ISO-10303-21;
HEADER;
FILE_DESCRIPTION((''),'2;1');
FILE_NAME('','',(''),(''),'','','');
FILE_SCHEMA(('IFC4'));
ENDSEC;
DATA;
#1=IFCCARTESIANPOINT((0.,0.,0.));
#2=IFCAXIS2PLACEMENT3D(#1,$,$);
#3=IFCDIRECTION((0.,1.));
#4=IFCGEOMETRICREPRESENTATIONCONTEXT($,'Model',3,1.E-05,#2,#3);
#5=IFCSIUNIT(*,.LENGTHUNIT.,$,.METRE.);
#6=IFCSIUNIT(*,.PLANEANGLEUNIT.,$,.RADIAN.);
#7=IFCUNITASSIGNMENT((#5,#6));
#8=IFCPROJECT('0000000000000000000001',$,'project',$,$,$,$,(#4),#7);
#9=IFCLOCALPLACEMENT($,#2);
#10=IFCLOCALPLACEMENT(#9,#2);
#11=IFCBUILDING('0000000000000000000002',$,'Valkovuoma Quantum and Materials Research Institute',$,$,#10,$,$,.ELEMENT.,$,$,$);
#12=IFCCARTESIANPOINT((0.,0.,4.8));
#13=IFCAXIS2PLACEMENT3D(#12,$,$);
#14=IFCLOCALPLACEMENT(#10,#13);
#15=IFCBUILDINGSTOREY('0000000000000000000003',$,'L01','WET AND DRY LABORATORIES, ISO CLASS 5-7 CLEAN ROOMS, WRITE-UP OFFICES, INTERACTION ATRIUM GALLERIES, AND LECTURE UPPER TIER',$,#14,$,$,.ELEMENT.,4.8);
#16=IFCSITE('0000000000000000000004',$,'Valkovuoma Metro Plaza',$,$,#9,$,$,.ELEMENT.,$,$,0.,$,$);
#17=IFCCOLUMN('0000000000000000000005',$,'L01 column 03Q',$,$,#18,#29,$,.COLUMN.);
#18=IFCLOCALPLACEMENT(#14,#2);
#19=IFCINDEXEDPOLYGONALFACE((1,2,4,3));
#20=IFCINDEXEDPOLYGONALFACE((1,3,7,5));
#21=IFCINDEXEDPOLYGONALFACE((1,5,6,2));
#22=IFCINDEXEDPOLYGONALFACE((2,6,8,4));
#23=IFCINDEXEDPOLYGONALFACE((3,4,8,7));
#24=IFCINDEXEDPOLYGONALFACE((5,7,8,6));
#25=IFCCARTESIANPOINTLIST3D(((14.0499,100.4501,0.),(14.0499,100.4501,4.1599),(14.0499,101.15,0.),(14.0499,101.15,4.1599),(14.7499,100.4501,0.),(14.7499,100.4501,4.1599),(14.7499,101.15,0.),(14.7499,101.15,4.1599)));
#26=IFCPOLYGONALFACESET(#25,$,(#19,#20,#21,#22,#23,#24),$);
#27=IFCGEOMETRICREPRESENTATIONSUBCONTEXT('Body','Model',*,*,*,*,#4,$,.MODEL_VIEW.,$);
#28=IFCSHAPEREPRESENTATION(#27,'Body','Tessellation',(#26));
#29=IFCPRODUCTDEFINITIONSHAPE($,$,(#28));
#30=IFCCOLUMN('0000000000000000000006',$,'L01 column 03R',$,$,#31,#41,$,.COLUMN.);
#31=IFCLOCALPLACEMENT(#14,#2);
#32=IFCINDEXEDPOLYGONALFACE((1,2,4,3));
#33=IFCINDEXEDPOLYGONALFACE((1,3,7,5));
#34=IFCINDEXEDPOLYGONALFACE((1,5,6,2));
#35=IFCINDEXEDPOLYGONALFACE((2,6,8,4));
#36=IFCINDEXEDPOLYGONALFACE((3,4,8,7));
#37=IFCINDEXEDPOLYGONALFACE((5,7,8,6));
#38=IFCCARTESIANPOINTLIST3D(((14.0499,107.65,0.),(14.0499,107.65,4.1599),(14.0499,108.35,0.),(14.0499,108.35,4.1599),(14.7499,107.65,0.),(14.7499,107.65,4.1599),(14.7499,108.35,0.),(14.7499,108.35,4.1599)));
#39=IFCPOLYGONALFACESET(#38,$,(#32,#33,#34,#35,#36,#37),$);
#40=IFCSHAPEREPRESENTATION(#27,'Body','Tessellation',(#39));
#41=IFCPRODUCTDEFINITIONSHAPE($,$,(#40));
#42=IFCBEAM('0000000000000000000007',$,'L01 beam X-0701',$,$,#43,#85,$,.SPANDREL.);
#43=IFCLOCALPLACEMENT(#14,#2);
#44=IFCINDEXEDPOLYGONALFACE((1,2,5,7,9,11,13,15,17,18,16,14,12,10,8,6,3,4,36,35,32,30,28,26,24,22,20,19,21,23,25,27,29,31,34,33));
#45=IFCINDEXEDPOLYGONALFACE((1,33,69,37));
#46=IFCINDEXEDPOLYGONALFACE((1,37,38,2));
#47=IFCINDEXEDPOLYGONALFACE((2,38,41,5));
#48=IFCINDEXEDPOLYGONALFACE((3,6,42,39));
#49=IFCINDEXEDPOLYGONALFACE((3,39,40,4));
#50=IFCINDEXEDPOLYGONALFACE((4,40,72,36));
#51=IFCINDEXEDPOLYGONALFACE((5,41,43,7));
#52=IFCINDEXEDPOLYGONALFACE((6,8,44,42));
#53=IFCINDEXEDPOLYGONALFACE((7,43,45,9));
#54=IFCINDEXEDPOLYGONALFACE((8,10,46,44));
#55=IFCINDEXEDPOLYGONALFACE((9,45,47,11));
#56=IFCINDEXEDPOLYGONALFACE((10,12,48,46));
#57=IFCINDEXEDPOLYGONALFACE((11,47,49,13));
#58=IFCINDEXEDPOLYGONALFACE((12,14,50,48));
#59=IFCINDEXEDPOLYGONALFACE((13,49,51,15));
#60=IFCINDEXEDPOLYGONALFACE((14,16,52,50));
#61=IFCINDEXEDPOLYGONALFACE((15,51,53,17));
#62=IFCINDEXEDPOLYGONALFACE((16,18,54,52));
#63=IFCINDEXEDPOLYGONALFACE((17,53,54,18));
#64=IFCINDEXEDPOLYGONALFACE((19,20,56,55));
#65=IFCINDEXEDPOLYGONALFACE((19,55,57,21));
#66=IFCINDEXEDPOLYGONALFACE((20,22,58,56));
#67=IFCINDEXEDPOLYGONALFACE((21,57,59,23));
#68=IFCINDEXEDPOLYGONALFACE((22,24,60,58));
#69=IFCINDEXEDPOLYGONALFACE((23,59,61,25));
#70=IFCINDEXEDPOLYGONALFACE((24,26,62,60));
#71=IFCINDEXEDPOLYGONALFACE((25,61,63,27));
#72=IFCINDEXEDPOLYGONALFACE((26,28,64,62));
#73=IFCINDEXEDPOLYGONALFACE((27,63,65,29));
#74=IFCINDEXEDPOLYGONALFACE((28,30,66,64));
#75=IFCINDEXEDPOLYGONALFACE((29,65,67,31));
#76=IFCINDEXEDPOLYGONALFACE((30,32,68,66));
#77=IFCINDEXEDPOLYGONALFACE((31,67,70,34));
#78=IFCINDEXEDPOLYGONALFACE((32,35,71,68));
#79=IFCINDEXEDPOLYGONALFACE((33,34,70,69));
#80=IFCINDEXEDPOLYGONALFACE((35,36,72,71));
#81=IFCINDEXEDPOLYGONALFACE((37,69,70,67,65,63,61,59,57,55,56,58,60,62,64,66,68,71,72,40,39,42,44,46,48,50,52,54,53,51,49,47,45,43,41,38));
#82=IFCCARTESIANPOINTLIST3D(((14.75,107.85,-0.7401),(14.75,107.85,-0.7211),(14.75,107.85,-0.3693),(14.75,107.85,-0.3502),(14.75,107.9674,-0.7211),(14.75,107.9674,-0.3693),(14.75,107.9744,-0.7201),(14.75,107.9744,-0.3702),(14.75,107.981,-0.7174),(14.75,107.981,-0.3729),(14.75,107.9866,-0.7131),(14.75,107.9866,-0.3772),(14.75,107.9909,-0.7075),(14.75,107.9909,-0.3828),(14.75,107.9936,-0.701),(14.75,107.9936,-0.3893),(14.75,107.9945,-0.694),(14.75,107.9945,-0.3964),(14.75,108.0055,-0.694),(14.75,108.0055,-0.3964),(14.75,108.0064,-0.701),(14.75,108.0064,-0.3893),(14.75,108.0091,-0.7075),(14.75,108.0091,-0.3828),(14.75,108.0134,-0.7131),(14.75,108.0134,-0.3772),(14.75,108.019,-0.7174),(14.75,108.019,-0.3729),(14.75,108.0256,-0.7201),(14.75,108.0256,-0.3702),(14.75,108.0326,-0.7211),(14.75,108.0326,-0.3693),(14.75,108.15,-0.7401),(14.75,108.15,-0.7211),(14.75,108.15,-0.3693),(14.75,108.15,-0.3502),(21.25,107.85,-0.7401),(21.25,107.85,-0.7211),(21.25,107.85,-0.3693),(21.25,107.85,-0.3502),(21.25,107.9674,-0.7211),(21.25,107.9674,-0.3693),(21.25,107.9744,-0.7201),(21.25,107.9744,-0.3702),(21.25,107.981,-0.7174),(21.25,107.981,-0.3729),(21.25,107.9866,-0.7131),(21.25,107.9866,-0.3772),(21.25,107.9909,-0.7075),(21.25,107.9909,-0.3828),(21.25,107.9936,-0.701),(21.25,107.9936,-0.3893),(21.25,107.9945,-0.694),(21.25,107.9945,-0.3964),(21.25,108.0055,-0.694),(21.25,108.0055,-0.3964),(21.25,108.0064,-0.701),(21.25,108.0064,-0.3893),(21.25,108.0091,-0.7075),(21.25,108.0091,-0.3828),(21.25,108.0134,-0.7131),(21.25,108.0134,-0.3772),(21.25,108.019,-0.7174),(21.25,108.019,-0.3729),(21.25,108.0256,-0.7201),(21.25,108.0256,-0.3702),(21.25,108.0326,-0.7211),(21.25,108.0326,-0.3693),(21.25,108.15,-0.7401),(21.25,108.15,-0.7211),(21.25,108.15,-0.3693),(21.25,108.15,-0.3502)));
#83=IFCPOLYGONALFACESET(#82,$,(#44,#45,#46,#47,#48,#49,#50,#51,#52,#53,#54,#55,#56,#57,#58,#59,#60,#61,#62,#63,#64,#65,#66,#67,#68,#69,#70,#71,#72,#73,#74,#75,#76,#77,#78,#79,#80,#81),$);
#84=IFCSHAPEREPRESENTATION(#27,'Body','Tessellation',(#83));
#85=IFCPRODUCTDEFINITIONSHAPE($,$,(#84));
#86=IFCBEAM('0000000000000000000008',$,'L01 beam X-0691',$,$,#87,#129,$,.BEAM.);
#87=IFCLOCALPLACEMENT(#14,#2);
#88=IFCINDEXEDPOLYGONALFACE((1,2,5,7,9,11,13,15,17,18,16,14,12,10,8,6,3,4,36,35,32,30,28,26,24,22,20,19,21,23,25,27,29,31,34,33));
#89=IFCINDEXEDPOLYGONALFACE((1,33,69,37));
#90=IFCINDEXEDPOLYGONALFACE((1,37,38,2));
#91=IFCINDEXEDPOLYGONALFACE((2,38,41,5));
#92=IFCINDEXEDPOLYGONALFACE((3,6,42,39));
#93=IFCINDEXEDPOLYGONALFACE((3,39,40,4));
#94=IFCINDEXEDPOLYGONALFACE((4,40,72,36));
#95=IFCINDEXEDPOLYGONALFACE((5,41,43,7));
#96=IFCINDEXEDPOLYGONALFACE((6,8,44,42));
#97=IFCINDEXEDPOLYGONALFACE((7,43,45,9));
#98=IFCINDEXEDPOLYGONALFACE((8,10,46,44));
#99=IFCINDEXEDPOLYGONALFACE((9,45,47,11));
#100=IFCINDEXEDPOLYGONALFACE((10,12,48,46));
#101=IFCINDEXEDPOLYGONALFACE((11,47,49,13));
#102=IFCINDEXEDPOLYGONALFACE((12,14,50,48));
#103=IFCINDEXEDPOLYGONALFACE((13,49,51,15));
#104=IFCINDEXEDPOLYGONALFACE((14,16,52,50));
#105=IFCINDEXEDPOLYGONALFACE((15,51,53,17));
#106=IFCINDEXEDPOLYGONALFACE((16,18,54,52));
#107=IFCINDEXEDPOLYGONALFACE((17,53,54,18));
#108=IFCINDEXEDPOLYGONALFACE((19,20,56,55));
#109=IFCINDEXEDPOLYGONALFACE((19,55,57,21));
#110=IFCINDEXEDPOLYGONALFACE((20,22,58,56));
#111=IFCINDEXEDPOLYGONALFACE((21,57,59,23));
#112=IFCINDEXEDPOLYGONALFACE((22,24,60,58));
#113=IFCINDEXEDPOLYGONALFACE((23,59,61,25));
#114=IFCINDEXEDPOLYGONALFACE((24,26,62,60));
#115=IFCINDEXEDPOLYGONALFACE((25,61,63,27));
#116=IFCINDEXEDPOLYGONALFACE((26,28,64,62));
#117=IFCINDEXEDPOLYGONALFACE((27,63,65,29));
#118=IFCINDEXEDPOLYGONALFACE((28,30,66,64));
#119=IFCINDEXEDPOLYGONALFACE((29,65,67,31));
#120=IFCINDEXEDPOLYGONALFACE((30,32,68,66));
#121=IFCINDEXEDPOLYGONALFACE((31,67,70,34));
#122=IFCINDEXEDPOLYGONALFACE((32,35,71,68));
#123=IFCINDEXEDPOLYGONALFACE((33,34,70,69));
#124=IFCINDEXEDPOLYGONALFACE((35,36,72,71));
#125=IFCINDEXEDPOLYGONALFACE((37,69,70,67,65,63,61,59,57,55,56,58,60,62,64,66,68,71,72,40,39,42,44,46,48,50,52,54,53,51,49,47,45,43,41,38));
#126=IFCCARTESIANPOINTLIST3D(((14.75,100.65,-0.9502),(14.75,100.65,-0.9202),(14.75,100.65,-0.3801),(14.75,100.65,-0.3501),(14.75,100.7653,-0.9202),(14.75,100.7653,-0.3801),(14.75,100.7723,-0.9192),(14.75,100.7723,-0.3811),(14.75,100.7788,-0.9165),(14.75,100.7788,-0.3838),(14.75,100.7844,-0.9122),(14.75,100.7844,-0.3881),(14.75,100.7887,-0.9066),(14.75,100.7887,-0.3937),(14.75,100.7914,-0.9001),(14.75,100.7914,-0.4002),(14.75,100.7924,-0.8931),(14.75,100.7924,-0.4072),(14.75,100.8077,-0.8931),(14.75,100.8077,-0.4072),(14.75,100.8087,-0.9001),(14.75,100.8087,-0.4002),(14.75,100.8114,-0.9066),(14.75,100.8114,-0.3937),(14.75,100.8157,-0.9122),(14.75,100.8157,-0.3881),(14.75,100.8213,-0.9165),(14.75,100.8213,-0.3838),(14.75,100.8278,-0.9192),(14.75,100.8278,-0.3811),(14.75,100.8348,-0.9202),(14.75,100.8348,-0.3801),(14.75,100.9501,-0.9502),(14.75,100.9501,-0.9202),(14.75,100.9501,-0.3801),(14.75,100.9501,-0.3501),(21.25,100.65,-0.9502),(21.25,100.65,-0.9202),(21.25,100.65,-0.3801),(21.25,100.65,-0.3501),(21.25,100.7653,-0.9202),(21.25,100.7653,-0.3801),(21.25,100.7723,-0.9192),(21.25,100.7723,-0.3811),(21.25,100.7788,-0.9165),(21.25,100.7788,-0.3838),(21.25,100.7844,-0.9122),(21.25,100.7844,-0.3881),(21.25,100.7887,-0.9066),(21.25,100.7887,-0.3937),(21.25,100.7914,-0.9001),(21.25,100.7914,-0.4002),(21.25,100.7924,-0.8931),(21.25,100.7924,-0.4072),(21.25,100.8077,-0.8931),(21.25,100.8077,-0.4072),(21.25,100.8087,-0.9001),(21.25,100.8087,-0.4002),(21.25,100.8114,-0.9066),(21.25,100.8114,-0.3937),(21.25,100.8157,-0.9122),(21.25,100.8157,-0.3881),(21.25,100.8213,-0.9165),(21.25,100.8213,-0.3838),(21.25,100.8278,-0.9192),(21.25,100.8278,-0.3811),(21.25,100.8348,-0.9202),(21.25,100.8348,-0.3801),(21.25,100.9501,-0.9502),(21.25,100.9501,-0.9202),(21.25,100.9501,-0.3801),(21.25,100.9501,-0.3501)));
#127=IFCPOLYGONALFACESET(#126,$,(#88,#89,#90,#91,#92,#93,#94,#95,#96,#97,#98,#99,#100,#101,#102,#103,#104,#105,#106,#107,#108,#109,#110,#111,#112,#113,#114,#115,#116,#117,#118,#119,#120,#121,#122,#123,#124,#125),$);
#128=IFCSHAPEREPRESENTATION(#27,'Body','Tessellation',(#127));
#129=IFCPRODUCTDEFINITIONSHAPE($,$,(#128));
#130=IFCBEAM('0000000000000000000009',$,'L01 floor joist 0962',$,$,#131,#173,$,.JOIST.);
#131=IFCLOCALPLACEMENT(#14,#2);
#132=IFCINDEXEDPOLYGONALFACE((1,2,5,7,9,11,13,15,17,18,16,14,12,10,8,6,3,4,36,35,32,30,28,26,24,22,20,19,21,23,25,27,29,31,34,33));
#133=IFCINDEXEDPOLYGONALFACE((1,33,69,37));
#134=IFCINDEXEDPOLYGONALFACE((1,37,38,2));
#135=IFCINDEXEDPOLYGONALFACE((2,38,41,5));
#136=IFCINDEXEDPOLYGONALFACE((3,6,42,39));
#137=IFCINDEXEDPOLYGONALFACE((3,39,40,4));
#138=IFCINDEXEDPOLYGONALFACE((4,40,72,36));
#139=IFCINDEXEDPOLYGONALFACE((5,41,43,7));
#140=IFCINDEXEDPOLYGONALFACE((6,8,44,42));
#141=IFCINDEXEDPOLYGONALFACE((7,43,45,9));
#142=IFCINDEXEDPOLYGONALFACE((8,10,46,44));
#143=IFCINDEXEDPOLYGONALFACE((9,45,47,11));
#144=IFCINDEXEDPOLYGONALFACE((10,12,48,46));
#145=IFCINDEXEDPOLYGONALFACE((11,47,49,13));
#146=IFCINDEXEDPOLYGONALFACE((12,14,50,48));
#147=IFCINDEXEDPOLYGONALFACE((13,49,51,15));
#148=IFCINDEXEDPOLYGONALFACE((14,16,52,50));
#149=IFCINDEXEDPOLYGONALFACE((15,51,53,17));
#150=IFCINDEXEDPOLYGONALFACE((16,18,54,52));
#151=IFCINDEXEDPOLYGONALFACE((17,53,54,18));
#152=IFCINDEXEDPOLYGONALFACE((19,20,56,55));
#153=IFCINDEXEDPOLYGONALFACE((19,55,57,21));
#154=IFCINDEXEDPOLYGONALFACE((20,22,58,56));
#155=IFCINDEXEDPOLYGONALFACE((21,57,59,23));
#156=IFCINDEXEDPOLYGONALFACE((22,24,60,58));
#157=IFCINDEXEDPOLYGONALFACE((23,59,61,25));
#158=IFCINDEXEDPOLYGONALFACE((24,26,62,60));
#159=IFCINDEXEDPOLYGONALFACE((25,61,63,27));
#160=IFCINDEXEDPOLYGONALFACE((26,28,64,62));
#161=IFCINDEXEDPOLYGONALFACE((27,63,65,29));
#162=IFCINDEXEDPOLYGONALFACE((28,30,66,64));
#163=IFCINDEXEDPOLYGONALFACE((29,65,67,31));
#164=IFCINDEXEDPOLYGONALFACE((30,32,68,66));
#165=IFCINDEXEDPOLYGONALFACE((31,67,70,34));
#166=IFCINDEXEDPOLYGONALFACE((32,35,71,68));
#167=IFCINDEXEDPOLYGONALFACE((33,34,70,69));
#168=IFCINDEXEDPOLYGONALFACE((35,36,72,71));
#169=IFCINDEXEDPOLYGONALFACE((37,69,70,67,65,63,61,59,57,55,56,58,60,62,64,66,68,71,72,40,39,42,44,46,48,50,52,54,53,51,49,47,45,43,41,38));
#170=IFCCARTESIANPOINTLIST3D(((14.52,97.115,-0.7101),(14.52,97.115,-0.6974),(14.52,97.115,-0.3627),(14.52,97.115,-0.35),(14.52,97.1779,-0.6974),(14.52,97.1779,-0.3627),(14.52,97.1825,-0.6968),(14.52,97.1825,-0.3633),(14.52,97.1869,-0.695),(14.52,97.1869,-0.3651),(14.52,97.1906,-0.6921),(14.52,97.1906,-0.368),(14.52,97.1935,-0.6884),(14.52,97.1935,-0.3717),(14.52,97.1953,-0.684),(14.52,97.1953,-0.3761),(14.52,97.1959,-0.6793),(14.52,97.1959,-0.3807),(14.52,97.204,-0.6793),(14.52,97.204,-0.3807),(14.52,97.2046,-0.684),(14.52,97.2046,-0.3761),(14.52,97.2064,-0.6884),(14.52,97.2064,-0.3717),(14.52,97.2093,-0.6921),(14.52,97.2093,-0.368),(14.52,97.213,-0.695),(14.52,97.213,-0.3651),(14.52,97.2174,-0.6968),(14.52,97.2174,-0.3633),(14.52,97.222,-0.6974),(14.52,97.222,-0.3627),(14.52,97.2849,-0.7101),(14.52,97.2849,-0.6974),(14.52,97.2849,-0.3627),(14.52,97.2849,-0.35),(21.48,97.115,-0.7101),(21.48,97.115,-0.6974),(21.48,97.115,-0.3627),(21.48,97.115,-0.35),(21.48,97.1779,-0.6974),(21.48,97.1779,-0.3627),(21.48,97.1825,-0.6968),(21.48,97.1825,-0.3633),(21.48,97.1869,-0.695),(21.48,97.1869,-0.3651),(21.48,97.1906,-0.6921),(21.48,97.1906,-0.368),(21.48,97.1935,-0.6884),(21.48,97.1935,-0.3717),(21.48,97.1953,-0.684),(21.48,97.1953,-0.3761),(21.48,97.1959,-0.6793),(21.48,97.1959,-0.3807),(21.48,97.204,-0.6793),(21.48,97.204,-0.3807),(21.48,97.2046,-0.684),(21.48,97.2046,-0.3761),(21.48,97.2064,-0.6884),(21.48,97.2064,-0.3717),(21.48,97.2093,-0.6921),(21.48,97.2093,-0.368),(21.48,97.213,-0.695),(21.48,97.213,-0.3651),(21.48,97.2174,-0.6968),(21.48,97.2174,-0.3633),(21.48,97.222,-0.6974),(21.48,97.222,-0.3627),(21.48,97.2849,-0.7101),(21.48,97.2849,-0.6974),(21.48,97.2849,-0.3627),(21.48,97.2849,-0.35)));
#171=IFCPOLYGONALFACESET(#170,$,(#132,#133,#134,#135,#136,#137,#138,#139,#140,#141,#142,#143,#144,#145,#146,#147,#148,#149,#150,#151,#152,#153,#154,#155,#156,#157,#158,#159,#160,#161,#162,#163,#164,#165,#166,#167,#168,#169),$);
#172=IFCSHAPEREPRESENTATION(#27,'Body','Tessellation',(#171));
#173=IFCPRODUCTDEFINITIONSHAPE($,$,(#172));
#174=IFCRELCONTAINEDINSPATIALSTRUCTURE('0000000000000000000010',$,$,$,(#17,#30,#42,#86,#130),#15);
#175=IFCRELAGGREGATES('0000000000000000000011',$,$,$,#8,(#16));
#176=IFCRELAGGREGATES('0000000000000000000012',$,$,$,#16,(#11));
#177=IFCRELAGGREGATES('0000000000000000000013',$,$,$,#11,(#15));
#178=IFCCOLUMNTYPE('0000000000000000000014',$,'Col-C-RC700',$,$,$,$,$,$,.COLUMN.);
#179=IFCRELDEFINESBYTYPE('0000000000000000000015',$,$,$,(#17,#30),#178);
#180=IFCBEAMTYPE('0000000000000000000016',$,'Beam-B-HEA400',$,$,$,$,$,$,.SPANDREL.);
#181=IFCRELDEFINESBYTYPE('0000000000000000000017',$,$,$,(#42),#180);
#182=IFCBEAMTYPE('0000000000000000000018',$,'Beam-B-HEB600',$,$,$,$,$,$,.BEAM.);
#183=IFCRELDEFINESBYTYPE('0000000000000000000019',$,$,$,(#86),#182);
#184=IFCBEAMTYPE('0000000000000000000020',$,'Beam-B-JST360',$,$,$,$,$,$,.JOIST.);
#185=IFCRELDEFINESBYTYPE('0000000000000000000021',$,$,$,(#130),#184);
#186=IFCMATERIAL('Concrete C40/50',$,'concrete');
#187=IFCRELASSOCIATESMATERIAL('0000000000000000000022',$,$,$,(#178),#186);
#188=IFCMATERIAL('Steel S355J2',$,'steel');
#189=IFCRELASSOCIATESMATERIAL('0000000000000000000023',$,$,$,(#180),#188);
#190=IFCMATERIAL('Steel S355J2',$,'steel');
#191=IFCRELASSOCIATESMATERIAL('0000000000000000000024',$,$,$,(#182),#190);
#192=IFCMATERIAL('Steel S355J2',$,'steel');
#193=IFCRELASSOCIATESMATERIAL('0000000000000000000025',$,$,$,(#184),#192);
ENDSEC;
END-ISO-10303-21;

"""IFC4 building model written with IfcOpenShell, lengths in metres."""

from ifc_helpers import new_model, si_unit, direction, frame, origin, origin_2d, place, context, subcontext, project, spatial, rectangle, i_section, extrude, material, material_profile, profile_set, type_object, element, save


model = new_model("IFC4")

# Units and contexts
model_context = context("Model", 3, precision=1e-05, world=origin(), true_north=direction((0.0, 1.0)))
body_context = subcontext(model_context, "Body", "Model", "MODEL_VIEW")
ifc_project = project(units=[si_unit("LENGTHUNIT", "METRE"), si_unit("PLANEANGLEUNIT", "RADIAN")], contexts=[model_context])

# Site, building, storey
site_placement = place(None, origin())
site = spatial("IfcSite", under=ifc_project, at=site_placement, Name="Valkovuoma Metro Plaza", CompositionType="ELEMENT", RefElevation=0.0)
building_placement = place(site_placement, origin())
building = spatial("IfcBuilding", under=site, at=building_placement, Name="Valkovuoma Quantum and Materials Research Institute", CompositionType="ELEMENT")
storey_placement = place(building_placement, frame((0.0, 0.0, 4.8)))
storey = spatial("IfcBuildingStorey", under=building, at=storey_placement, Name="L01", Description="WET AND DRY LABORATORIES, ISO CLASS 5-7 CLEAN ROOMS, WRITE-UP OFFICES, INTERACTION ATRIUM GALLERIES, AND LECTURE UPPER TIER", CompositionType="ELEMENT", Elevation=4.8)

# Columns
ifc_material_1 = material(Name="Concrete C40/50", Category="concrete")
ifc_material_profile_1 = material_profile(ifc_material_1, rectangle(XDim=0.7, YDim=0.7, at=origin_2d()), Name="Concrete C40/50")
ifc_profile_set_1 = profile_set([ifc_material_profile_1], Name="Concrete C40/50")
column_type = type_object("IfcColumnType", Name="Col-C-RC700", PredefinedType="COLUMN", material=ifc_profile_set_1)
for number, where, z_axis, x_axis, name in (
    (1, (14.3999, 100.8, 0.0), (0.0, 0.0, 1.0), (1.0, 0.0, 0.0), "L01 column 03Q"),
    (2, (14.3999, 108.0, 0.0), (0.0, 0.0, 1.0), (1.0, 0.0, 0.0), "L01 column 03R"),
):
    element("IfcColumn", number, at=place(storey_placement, frame(where, z_axis=z_axis, x_axis=x_axis)), inside=storey, type_object=column_type, Name=name, PredefinedType="COLUMN", context=body_context, shape_type="SweptSolid", body=[
        extrude(rectangle(XDim=0.7, YDim=0.7, at=origin_2d()), origin(), (0.0, 0.0, 1.0), 4.1599),
    ])

# Beams
ifc_material_2 = material(Name="Steel S355J2", Category="steel")
ifc_material_profile_2 = material_profile(ifc_material_2, i_section(OverallWidth=0.3, OverallDepth=0.3899, WebThickness=0.011, FlangeThickness=0.019, FilletRadius=0.0271, at=origin_2d()), Name="Steel S355J2")
ifc_profile_set_2 = profile_set([ifc_material_profile_2], Name="Steel S355J2")
beam_type_1 = type_object("IfcBeamType", Name="Beam-B-HEA400", PredefinedType="SPANDREL", material=ifc_profile_set_2)
beam_1_placement = place(storey_placement, frame((14.75, 108.0, -0.5452), z_axis=(1.0, 0.0, 0.0), x_axis=(0.0, 1.0, 0.0)))
element("IfcBeam", 3, at=beam_1_placement, inside=storey, type_object=beam_type_1, Name="L01 beam X-0701", PredefinedType="SPANDREL", context=body_context, shape_type="SweptSolid", body=[
    extrude(i_section(OverallWidth=0.3, OverallDepth=0.3899, WebThickness=0.011, FlangeThickness=0.019, FilletRadius=0.0271, at=origin_2d()), origin(), (0.0, 0.0, 1.0), 6.5),
])
ifc_material_3 = material(Name="Steel S355J2", Category="steel")
ifc_material_profile_3 = material_profile(ifc_material_3, i_section(OverallWidth=0.3, OverallDepth=0.6001, WebThickness=0.0154, FlangeThickness=0.03, FilletRadius=0.0271, at=origin_2d()), Name="Steel S355J2")
ifc_profile_set_3 = profile_set([ifc_material_profile_3], Name="Steel S355J2")
beam_type_2 = type_object("IfcBeamType", Name="Beam-B-HEB600", PredefinedType="BEAM", material=ifc_profile_set_3)
beam_2_placement = place(storey_placement, frame((14.75, 100.8, -0.6501), z_axis=(1.0, 0.0, 0.0), x_axis=(0.0, 1.0, 0.0)))
element("IfcBeam", 4, at=beam_2_placement, inside=storey, type_object=beam_type_2, Name="L01 beam X-0691", PredefinedType="BEAM", context=body_context, shape_type="SweptSolid", body=[
    extrude(i_section(OverallWidth=0.3, OverallDepth=0.6001, WebThickness=0.0154, FlangeThickness=0.03, FilletRadius=0.0271, at=origin_2d()), origin(), (0.0, 0.0, 1.0), 6.5),
])
ifc_material_4 = material(Name="Steel S355J2", Category="steel")
ifc_material_profile_4 = material_profile(ifc_material_4, i_section(OverallWidth=0.1699, OverallDepth=0.3601, WebThickness=0.0081, FlangeThickness=0.0127, FilletRadius=0.0181, at=origin_2d()), Name="Steel S355J2")
ifc_profile_set_4 = profile_set([ifc_material_profile_4], Name="Steel S355J2")
beam_type_3 = type_object("IfcBeamType", Name="Beam-B-JST360", PredefinedType="JOIST", material=ifc_profile_set_4)
for number, where, z_axis, x_axis, name in (
    (5, (14.52, 97.2, -0.53), (1.0, 0.0, 0.0), (0.0, 1.0, 0.0), "L01 floor joist 0962"),
):
    element("IfcBeam", number, at=place(storey_placement, frame(where, z_axis=z_axis, x_axis=x_axis)), inside=storey, type_object=beam_type_3, Name=name, PredefinedType="JOIST", context=body_context, shape_type="SweptSolid", body=[
        extrude(i_section(OverallWidth=0.1699, OverallDepth=0.3601, WebThickness=0.0081, FlangeThickness=0.0127, FilletRadius=0.0181, at=origin_2d()), origin(), (0.0, 0.0, 1.0), 6.96),
    ])

save(model, "model.ifc")
